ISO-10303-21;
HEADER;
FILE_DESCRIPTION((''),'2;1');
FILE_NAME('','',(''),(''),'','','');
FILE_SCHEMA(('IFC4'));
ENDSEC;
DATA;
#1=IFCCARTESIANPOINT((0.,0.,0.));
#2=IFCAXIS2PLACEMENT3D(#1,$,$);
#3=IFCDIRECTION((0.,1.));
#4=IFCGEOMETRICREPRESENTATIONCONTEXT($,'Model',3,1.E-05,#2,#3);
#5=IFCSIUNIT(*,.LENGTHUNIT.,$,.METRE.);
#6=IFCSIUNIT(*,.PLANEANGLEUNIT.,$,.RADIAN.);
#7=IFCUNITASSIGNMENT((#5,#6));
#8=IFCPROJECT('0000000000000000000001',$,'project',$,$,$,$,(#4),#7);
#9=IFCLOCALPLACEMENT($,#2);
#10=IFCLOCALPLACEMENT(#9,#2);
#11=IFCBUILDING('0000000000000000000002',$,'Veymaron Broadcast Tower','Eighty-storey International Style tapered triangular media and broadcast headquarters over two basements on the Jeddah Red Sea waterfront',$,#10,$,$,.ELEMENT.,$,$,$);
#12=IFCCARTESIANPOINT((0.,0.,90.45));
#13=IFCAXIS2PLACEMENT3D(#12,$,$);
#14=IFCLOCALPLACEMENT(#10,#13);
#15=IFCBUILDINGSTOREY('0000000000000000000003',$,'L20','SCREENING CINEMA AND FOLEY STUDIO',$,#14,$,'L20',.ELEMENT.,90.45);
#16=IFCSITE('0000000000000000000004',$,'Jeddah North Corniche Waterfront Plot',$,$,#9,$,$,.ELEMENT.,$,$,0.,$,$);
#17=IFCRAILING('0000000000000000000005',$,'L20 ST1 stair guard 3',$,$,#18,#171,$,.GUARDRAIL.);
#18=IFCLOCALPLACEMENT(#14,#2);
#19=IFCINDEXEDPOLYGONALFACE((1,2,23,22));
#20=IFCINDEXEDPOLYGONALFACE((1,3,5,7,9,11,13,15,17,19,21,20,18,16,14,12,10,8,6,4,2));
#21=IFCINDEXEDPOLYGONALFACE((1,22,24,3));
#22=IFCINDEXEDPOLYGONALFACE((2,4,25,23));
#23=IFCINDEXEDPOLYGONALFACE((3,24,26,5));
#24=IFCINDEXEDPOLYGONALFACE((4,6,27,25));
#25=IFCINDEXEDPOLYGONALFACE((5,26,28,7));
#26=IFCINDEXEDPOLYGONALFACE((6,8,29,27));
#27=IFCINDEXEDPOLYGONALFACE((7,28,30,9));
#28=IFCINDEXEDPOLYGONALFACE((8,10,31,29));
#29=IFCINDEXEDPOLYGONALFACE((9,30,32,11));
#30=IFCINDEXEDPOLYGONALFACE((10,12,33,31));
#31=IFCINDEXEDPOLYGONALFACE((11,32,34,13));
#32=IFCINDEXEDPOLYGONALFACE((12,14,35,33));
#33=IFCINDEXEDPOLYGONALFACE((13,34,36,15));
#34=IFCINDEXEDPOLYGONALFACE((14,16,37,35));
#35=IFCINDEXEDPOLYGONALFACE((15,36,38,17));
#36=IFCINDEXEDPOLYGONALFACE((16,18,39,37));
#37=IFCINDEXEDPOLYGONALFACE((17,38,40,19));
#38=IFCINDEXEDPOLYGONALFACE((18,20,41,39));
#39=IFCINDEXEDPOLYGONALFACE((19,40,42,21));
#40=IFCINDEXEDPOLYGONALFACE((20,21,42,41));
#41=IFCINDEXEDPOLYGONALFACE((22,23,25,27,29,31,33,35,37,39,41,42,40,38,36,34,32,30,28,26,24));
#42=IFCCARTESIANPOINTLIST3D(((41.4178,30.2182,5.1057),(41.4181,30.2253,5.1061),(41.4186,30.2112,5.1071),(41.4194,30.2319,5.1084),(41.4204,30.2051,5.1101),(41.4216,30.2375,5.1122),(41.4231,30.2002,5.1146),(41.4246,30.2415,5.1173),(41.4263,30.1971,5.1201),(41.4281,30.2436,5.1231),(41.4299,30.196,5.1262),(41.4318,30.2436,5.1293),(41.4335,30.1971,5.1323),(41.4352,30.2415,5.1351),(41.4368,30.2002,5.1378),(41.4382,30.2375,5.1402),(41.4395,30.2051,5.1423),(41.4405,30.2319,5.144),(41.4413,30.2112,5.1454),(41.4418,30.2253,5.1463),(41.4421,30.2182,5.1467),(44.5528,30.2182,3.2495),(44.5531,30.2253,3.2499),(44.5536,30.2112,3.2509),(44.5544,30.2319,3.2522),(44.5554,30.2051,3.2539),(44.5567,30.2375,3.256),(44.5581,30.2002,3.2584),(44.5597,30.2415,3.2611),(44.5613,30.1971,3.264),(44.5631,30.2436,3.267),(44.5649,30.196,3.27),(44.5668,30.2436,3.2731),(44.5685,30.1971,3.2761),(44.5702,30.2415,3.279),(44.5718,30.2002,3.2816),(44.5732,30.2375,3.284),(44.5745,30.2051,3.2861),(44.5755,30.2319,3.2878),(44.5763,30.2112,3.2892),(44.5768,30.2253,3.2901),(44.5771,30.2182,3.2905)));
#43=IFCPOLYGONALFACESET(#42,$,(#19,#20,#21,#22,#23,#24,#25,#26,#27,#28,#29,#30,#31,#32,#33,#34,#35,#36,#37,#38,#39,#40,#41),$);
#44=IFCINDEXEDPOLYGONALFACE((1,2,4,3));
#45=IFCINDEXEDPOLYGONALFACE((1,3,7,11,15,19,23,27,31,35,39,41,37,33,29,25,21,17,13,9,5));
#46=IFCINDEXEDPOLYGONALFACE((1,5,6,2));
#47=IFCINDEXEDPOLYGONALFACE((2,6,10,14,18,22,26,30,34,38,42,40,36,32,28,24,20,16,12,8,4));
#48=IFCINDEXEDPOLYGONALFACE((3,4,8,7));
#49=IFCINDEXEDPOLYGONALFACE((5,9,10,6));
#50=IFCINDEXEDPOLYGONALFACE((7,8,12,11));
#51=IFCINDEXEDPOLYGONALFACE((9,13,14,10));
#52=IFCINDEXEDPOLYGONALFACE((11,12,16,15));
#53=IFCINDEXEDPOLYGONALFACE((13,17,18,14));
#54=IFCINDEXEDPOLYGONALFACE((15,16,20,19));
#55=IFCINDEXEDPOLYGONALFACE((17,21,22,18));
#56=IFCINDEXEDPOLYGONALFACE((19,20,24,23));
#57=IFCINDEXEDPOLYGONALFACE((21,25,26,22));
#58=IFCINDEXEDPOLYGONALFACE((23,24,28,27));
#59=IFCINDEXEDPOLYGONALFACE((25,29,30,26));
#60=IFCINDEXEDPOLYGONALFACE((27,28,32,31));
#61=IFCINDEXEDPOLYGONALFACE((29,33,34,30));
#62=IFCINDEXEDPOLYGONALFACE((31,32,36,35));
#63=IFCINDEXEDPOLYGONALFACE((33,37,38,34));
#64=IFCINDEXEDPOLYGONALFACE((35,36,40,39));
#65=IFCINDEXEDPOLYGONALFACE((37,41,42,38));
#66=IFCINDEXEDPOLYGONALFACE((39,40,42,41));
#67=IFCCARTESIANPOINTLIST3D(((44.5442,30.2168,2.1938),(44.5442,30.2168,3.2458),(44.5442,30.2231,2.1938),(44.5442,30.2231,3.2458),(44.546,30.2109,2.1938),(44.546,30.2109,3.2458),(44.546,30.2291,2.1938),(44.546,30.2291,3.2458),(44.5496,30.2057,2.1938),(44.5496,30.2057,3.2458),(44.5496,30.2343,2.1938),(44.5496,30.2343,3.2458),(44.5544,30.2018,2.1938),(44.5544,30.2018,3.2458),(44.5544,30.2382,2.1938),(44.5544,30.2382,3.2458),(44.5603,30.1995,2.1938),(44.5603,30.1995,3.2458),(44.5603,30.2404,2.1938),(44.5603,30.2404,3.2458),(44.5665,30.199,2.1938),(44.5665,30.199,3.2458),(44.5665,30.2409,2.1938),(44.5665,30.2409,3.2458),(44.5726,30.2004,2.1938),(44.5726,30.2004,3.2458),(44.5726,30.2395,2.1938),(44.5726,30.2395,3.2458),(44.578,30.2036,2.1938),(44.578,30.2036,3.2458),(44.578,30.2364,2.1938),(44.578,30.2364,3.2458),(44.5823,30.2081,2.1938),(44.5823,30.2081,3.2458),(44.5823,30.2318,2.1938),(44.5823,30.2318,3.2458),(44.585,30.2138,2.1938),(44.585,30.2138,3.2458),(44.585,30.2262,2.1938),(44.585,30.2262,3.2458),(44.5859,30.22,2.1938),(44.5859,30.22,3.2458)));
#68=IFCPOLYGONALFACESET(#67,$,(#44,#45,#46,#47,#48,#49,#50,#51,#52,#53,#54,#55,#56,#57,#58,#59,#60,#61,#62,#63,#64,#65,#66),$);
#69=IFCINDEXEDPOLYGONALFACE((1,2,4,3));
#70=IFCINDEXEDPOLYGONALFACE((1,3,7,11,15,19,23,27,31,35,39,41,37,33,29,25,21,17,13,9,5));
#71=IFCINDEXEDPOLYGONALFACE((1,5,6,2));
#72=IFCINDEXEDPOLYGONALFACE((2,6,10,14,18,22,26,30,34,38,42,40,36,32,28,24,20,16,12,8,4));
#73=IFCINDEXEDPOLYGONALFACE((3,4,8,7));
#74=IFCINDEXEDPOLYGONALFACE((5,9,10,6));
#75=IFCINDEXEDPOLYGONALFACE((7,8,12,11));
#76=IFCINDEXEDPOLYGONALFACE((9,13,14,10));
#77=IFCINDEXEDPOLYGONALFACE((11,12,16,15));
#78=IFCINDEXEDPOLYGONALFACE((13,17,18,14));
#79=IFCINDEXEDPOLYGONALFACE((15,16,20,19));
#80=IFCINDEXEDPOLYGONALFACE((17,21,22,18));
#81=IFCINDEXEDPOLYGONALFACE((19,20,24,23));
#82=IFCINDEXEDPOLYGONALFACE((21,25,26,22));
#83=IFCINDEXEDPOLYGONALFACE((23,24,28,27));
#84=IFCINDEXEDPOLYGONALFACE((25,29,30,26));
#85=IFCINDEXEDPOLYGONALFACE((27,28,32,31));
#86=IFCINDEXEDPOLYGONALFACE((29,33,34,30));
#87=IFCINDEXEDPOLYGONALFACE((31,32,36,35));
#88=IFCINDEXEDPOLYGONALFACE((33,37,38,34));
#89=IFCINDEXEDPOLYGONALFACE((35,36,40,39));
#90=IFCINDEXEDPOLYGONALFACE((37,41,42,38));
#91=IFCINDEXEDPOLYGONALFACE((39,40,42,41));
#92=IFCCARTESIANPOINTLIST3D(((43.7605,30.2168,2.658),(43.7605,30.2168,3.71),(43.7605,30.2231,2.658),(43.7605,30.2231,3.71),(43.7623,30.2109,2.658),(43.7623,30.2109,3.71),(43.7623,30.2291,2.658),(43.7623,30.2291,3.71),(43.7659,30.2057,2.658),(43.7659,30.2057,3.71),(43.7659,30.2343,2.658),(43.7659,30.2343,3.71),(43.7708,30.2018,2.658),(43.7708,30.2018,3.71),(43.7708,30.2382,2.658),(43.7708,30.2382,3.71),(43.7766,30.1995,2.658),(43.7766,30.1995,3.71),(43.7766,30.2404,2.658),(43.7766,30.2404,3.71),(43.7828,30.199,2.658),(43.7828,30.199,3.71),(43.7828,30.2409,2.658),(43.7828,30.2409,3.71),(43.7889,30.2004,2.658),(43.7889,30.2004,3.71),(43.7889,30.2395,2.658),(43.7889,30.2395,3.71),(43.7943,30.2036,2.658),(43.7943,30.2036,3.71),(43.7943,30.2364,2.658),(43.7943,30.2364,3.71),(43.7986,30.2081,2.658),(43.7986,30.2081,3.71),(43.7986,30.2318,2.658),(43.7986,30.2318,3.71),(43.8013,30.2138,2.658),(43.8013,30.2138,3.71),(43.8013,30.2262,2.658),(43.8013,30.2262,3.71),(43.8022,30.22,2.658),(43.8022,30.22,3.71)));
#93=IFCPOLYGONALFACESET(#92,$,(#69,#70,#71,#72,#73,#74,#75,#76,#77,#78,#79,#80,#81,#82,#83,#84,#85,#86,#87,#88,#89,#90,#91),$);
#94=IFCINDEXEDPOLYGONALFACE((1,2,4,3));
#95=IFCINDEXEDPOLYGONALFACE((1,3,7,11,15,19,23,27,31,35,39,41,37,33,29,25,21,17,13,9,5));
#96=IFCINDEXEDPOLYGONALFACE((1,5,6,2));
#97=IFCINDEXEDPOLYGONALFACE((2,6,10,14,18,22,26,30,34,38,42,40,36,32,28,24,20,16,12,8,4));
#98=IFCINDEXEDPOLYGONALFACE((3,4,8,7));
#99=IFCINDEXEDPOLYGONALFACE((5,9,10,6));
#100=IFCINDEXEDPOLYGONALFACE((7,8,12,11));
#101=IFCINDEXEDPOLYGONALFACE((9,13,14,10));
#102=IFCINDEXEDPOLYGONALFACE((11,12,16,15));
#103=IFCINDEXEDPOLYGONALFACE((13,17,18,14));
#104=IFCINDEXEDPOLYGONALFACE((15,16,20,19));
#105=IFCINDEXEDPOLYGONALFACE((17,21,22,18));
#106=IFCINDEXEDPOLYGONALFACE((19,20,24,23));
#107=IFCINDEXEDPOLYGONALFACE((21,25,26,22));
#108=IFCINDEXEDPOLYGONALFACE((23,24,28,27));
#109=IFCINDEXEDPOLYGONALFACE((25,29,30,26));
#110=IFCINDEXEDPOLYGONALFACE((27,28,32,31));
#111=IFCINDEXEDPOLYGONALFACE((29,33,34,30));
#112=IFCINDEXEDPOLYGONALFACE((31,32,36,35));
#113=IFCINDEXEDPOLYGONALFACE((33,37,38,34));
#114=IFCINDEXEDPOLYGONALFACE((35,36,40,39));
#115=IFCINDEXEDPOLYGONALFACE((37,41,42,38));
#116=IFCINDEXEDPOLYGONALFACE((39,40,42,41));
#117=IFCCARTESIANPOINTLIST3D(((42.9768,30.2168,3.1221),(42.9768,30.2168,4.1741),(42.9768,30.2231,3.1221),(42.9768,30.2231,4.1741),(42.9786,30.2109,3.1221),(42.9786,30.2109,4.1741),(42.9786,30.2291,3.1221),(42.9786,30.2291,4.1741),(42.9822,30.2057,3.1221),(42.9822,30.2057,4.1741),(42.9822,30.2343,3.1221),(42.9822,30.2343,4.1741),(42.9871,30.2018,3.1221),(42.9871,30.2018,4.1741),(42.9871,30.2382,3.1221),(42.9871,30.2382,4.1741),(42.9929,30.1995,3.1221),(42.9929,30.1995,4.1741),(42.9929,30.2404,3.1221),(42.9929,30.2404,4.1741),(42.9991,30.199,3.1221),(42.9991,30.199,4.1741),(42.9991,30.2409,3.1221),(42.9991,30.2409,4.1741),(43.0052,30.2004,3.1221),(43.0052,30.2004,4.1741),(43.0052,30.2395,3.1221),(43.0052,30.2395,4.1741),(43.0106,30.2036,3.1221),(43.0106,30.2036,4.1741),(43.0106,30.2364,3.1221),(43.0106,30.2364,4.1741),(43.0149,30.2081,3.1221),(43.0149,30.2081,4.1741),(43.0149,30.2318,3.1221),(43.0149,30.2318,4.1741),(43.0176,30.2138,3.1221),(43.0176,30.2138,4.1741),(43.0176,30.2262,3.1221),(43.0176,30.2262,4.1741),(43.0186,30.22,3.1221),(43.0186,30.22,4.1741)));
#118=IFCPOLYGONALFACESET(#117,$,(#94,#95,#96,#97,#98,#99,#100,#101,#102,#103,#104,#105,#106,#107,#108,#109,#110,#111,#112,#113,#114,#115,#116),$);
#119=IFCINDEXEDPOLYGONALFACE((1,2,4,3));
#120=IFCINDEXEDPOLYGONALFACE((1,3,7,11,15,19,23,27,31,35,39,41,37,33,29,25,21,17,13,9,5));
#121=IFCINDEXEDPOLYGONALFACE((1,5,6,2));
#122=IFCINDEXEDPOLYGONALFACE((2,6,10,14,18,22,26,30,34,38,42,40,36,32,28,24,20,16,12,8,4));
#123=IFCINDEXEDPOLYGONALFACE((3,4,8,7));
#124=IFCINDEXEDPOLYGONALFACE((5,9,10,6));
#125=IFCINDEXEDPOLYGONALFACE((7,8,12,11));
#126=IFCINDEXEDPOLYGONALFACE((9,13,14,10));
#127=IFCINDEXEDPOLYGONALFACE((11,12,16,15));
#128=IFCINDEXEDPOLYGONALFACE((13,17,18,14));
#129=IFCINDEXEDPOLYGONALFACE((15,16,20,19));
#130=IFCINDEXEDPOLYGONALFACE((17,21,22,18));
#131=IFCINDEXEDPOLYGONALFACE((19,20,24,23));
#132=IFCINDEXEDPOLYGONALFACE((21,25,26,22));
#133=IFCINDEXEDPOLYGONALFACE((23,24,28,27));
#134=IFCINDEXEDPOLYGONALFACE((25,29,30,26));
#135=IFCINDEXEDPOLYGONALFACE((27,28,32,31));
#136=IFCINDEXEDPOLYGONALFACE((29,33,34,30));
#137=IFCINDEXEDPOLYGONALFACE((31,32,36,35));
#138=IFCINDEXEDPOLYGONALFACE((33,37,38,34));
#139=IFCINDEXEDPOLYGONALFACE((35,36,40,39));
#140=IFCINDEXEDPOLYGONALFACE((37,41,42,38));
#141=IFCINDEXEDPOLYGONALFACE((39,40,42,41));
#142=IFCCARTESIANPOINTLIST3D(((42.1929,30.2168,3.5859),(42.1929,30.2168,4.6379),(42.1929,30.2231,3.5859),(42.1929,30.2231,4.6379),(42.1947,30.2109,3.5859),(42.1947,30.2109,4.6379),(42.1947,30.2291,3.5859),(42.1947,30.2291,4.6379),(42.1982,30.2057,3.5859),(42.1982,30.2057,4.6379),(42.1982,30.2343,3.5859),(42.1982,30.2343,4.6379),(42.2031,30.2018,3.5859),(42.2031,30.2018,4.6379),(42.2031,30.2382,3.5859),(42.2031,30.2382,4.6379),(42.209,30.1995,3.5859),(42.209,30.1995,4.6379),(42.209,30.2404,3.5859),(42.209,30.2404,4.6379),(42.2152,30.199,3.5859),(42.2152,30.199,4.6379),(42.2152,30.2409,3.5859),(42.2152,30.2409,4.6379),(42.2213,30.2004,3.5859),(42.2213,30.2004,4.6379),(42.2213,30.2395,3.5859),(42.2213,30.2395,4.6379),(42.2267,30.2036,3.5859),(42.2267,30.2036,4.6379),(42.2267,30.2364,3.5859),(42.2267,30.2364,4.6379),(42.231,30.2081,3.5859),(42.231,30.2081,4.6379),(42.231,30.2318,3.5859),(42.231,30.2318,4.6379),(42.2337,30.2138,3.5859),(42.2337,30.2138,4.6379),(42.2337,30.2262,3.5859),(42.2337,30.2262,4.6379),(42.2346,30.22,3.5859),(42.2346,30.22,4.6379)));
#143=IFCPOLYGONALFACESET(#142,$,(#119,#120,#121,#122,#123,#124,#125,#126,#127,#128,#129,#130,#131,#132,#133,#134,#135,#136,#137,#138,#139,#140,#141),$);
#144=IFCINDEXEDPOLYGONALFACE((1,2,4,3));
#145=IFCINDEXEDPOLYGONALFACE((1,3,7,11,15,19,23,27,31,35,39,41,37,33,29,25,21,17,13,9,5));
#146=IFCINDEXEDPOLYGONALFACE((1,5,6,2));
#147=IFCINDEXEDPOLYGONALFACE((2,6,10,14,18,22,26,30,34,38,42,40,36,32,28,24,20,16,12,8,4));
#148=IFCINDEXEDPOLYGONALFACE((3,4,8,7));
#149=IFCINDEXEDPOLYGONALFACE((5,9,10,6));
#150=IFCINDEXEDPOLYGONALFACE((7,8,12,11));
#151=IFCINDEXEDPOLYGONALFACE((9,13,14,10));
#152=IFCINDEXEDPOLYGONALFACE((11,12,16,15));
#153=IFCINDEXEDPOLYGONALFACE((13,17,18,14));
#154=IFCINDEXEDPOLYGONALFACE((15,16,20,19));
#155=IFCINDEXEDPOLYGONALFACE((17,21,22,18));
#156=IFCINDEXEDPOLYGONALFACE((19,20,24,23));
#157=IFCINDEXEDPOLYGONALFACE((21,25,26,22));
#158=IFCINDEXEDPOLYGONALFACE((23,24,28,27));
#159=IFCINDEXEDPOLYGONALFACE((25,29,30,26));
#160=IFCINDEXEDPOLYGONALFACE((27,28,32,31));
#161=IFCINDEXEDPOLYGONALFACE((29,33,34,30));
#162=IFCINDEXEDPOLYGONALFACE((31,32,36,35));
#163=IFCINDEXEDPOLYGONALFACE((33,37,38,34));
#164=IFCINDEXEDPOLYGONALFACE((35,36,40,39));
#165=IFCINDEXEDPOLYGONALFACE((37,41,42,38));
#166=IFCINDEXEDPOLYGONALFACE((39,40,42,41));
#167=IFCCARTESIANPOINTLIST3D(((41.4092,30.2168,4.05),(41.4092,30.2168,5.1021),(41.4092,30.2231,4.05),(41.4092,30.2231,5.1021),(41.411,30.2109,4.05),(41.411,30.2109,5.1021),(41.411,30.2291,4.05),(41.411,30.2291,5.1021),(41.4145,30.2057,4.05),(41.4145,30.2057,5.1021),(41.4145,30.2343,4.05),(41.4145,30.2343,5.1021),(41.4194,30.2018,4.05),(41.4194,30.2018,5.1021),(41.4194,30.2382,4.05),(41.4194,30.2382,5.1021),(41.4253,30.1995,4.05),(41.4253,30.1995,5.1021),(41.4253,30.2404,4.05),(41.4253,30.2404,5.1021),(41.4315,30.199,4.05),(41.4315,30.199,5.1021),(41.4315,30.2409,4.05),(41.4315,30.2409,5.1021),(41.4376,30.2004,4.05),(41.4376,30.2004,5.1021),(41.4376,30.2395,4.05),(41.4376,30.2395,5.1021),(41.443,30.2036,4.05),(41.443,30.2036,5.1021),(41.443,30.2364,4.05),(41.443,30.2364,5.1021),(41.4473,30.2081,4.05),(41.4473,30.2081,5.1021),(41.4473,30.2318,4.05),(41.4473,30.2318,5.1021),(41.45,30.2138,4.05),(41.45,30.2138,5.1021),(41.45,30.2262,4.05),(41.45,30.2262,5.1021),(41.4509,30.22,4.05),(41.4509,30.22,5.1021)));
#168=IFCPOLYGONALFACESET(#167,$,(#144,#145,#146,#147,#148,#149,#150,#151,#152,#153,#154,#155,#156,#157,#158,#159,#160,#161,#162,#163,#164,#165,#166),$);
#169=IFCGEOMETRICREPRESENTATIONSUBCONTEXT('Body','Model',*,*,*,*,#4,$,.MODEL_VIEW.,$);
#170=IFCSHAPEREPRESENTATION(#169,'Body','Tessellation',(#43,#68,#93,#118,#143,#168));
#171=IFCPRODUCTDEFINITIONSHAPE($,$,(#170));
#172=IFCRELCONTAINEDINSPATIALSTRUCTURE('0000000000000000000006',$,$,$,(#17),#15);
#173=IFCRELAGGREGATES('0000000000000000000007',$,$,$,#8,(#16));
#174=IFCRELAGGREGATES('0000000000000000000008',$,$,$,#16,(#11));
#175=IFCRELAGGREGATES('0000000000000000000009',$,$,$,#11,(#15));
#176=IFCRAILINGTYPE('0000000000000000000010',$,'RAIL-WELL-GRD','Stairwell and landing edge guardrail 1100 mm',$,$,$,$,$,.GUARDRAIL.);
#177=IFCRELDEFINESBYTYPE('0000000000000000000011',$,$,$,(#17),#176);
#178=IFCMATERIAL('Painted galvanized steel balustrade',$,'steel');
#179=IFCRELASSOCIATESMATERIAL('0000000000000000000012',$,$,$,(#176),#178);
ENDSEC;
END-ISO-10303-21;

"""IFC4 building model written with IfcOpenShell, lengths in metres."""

from ifc_helpers import new_model, si_unit, direction, frame, origin, origin_2d, place, context, subcontext, project, spatial, circle, extrude, material, type_object, element, save


model = new_model("IFC4")

# Units and contexts
model_context = context("Model", 3, precision=1e-05, world=origin(), true_north=direction((0.0, 1.0)))
body_context = subcontext(model_context, "Body", "Model", "MODEL_VIEW")
ifc_project = project(units=[si_unit("LENGTHUNIT", "METRE"), si_unit("PLANEANGLEUNIT", "RADIAN")], contexts=[model_context])

# Site, building, storey
site_placement = place(None, origin())
site = spatial("IfcSite", under=ifc_project, at=site_placement, Name="Jeddah North Corniche Waterfront Plot", CompositionType="ELEMENT", RefElevation=0.0)
building_placement = place(site_placement, origin())
building = spatial("IfcBuilding", under=site, at=building_placement, Name="Veymaron Broadcast Tower", Description="Eighty-storey International Style tapered triangular media and broadcast headquarters over two basements on the Jeddah Red Sea waterfront", CompositionType="ELEMENT")
storey_placement = place(building_placement, frame((0.0, 0.0, 90.45)))
storey = spatial("IfcBuildingStorey", under=building, at=storey_placement, Name="L20", Description="SCREENING CINEMA AND FOLEY STUDIO", LongName="L20", CompositionType="ELEMENT", Elevation=90.45)

# Railing
ifc_material_1 = material(Name="Painted galvanized steel balustrade", Category="steel")
railing_type_1 = type_object("IfcRailingType", Name="RAIL-WELL-GRD", Description="Stairwell and landing edge guardrail 1100 mm", PredefinedType="GUARDRAIL", material=ifc_material_1)
railing_1_placement = place(storey_placement, frame((44.5649, 30.22, 2.1938)))
element("IfcRailing", 1, at=railing_1_placement, inside=storey, type_object=railing_type_1, Name="L20 ST1 stair guard 3", PredefinedType="GUARDRAIL", context=body_context, shape_type="SweptSolid", body=[
    extrude(circle(Radius=0.0239, at=origin_2d()), frame((0.0, 0.0, 1.0762), z_axis=(-0.860482, 0.0, 0.509481), x_axis=(0.0, -1.0, 0.0)), (0.0, 0.0, 1.0), 3.6433),
    extrude(circle(Radius=0.021, at=origin_2d()), origin(), (0.0, 0.0, 1.0), 1.052),
    extrude(circle(Radius=0.021, at=origin_2d()), frame((-0.7837, 0.0, 0.4641)), (0.0, 0.0, 1.0), 1.052),
    extrude(circle(Radius=0.021, at=origin_2d()), frame((-1.5674, 0.0, 0.9282)), (0.0, 0.0, 1.0), 1.052),
    extrude(circle(Radius=0.021, at=origin_2d()), frame((-2.3513, 0.0, 1.3921)), (0.0, 0.0, 1.0), 1.052),
    extrude(circle(Radius=0.021, at=origin_2d()), frame((-3.135, 0.0, 1.8562)), (0.0, 0.0, 1.0), 1.052),
])

save(model, "model.ifc")
